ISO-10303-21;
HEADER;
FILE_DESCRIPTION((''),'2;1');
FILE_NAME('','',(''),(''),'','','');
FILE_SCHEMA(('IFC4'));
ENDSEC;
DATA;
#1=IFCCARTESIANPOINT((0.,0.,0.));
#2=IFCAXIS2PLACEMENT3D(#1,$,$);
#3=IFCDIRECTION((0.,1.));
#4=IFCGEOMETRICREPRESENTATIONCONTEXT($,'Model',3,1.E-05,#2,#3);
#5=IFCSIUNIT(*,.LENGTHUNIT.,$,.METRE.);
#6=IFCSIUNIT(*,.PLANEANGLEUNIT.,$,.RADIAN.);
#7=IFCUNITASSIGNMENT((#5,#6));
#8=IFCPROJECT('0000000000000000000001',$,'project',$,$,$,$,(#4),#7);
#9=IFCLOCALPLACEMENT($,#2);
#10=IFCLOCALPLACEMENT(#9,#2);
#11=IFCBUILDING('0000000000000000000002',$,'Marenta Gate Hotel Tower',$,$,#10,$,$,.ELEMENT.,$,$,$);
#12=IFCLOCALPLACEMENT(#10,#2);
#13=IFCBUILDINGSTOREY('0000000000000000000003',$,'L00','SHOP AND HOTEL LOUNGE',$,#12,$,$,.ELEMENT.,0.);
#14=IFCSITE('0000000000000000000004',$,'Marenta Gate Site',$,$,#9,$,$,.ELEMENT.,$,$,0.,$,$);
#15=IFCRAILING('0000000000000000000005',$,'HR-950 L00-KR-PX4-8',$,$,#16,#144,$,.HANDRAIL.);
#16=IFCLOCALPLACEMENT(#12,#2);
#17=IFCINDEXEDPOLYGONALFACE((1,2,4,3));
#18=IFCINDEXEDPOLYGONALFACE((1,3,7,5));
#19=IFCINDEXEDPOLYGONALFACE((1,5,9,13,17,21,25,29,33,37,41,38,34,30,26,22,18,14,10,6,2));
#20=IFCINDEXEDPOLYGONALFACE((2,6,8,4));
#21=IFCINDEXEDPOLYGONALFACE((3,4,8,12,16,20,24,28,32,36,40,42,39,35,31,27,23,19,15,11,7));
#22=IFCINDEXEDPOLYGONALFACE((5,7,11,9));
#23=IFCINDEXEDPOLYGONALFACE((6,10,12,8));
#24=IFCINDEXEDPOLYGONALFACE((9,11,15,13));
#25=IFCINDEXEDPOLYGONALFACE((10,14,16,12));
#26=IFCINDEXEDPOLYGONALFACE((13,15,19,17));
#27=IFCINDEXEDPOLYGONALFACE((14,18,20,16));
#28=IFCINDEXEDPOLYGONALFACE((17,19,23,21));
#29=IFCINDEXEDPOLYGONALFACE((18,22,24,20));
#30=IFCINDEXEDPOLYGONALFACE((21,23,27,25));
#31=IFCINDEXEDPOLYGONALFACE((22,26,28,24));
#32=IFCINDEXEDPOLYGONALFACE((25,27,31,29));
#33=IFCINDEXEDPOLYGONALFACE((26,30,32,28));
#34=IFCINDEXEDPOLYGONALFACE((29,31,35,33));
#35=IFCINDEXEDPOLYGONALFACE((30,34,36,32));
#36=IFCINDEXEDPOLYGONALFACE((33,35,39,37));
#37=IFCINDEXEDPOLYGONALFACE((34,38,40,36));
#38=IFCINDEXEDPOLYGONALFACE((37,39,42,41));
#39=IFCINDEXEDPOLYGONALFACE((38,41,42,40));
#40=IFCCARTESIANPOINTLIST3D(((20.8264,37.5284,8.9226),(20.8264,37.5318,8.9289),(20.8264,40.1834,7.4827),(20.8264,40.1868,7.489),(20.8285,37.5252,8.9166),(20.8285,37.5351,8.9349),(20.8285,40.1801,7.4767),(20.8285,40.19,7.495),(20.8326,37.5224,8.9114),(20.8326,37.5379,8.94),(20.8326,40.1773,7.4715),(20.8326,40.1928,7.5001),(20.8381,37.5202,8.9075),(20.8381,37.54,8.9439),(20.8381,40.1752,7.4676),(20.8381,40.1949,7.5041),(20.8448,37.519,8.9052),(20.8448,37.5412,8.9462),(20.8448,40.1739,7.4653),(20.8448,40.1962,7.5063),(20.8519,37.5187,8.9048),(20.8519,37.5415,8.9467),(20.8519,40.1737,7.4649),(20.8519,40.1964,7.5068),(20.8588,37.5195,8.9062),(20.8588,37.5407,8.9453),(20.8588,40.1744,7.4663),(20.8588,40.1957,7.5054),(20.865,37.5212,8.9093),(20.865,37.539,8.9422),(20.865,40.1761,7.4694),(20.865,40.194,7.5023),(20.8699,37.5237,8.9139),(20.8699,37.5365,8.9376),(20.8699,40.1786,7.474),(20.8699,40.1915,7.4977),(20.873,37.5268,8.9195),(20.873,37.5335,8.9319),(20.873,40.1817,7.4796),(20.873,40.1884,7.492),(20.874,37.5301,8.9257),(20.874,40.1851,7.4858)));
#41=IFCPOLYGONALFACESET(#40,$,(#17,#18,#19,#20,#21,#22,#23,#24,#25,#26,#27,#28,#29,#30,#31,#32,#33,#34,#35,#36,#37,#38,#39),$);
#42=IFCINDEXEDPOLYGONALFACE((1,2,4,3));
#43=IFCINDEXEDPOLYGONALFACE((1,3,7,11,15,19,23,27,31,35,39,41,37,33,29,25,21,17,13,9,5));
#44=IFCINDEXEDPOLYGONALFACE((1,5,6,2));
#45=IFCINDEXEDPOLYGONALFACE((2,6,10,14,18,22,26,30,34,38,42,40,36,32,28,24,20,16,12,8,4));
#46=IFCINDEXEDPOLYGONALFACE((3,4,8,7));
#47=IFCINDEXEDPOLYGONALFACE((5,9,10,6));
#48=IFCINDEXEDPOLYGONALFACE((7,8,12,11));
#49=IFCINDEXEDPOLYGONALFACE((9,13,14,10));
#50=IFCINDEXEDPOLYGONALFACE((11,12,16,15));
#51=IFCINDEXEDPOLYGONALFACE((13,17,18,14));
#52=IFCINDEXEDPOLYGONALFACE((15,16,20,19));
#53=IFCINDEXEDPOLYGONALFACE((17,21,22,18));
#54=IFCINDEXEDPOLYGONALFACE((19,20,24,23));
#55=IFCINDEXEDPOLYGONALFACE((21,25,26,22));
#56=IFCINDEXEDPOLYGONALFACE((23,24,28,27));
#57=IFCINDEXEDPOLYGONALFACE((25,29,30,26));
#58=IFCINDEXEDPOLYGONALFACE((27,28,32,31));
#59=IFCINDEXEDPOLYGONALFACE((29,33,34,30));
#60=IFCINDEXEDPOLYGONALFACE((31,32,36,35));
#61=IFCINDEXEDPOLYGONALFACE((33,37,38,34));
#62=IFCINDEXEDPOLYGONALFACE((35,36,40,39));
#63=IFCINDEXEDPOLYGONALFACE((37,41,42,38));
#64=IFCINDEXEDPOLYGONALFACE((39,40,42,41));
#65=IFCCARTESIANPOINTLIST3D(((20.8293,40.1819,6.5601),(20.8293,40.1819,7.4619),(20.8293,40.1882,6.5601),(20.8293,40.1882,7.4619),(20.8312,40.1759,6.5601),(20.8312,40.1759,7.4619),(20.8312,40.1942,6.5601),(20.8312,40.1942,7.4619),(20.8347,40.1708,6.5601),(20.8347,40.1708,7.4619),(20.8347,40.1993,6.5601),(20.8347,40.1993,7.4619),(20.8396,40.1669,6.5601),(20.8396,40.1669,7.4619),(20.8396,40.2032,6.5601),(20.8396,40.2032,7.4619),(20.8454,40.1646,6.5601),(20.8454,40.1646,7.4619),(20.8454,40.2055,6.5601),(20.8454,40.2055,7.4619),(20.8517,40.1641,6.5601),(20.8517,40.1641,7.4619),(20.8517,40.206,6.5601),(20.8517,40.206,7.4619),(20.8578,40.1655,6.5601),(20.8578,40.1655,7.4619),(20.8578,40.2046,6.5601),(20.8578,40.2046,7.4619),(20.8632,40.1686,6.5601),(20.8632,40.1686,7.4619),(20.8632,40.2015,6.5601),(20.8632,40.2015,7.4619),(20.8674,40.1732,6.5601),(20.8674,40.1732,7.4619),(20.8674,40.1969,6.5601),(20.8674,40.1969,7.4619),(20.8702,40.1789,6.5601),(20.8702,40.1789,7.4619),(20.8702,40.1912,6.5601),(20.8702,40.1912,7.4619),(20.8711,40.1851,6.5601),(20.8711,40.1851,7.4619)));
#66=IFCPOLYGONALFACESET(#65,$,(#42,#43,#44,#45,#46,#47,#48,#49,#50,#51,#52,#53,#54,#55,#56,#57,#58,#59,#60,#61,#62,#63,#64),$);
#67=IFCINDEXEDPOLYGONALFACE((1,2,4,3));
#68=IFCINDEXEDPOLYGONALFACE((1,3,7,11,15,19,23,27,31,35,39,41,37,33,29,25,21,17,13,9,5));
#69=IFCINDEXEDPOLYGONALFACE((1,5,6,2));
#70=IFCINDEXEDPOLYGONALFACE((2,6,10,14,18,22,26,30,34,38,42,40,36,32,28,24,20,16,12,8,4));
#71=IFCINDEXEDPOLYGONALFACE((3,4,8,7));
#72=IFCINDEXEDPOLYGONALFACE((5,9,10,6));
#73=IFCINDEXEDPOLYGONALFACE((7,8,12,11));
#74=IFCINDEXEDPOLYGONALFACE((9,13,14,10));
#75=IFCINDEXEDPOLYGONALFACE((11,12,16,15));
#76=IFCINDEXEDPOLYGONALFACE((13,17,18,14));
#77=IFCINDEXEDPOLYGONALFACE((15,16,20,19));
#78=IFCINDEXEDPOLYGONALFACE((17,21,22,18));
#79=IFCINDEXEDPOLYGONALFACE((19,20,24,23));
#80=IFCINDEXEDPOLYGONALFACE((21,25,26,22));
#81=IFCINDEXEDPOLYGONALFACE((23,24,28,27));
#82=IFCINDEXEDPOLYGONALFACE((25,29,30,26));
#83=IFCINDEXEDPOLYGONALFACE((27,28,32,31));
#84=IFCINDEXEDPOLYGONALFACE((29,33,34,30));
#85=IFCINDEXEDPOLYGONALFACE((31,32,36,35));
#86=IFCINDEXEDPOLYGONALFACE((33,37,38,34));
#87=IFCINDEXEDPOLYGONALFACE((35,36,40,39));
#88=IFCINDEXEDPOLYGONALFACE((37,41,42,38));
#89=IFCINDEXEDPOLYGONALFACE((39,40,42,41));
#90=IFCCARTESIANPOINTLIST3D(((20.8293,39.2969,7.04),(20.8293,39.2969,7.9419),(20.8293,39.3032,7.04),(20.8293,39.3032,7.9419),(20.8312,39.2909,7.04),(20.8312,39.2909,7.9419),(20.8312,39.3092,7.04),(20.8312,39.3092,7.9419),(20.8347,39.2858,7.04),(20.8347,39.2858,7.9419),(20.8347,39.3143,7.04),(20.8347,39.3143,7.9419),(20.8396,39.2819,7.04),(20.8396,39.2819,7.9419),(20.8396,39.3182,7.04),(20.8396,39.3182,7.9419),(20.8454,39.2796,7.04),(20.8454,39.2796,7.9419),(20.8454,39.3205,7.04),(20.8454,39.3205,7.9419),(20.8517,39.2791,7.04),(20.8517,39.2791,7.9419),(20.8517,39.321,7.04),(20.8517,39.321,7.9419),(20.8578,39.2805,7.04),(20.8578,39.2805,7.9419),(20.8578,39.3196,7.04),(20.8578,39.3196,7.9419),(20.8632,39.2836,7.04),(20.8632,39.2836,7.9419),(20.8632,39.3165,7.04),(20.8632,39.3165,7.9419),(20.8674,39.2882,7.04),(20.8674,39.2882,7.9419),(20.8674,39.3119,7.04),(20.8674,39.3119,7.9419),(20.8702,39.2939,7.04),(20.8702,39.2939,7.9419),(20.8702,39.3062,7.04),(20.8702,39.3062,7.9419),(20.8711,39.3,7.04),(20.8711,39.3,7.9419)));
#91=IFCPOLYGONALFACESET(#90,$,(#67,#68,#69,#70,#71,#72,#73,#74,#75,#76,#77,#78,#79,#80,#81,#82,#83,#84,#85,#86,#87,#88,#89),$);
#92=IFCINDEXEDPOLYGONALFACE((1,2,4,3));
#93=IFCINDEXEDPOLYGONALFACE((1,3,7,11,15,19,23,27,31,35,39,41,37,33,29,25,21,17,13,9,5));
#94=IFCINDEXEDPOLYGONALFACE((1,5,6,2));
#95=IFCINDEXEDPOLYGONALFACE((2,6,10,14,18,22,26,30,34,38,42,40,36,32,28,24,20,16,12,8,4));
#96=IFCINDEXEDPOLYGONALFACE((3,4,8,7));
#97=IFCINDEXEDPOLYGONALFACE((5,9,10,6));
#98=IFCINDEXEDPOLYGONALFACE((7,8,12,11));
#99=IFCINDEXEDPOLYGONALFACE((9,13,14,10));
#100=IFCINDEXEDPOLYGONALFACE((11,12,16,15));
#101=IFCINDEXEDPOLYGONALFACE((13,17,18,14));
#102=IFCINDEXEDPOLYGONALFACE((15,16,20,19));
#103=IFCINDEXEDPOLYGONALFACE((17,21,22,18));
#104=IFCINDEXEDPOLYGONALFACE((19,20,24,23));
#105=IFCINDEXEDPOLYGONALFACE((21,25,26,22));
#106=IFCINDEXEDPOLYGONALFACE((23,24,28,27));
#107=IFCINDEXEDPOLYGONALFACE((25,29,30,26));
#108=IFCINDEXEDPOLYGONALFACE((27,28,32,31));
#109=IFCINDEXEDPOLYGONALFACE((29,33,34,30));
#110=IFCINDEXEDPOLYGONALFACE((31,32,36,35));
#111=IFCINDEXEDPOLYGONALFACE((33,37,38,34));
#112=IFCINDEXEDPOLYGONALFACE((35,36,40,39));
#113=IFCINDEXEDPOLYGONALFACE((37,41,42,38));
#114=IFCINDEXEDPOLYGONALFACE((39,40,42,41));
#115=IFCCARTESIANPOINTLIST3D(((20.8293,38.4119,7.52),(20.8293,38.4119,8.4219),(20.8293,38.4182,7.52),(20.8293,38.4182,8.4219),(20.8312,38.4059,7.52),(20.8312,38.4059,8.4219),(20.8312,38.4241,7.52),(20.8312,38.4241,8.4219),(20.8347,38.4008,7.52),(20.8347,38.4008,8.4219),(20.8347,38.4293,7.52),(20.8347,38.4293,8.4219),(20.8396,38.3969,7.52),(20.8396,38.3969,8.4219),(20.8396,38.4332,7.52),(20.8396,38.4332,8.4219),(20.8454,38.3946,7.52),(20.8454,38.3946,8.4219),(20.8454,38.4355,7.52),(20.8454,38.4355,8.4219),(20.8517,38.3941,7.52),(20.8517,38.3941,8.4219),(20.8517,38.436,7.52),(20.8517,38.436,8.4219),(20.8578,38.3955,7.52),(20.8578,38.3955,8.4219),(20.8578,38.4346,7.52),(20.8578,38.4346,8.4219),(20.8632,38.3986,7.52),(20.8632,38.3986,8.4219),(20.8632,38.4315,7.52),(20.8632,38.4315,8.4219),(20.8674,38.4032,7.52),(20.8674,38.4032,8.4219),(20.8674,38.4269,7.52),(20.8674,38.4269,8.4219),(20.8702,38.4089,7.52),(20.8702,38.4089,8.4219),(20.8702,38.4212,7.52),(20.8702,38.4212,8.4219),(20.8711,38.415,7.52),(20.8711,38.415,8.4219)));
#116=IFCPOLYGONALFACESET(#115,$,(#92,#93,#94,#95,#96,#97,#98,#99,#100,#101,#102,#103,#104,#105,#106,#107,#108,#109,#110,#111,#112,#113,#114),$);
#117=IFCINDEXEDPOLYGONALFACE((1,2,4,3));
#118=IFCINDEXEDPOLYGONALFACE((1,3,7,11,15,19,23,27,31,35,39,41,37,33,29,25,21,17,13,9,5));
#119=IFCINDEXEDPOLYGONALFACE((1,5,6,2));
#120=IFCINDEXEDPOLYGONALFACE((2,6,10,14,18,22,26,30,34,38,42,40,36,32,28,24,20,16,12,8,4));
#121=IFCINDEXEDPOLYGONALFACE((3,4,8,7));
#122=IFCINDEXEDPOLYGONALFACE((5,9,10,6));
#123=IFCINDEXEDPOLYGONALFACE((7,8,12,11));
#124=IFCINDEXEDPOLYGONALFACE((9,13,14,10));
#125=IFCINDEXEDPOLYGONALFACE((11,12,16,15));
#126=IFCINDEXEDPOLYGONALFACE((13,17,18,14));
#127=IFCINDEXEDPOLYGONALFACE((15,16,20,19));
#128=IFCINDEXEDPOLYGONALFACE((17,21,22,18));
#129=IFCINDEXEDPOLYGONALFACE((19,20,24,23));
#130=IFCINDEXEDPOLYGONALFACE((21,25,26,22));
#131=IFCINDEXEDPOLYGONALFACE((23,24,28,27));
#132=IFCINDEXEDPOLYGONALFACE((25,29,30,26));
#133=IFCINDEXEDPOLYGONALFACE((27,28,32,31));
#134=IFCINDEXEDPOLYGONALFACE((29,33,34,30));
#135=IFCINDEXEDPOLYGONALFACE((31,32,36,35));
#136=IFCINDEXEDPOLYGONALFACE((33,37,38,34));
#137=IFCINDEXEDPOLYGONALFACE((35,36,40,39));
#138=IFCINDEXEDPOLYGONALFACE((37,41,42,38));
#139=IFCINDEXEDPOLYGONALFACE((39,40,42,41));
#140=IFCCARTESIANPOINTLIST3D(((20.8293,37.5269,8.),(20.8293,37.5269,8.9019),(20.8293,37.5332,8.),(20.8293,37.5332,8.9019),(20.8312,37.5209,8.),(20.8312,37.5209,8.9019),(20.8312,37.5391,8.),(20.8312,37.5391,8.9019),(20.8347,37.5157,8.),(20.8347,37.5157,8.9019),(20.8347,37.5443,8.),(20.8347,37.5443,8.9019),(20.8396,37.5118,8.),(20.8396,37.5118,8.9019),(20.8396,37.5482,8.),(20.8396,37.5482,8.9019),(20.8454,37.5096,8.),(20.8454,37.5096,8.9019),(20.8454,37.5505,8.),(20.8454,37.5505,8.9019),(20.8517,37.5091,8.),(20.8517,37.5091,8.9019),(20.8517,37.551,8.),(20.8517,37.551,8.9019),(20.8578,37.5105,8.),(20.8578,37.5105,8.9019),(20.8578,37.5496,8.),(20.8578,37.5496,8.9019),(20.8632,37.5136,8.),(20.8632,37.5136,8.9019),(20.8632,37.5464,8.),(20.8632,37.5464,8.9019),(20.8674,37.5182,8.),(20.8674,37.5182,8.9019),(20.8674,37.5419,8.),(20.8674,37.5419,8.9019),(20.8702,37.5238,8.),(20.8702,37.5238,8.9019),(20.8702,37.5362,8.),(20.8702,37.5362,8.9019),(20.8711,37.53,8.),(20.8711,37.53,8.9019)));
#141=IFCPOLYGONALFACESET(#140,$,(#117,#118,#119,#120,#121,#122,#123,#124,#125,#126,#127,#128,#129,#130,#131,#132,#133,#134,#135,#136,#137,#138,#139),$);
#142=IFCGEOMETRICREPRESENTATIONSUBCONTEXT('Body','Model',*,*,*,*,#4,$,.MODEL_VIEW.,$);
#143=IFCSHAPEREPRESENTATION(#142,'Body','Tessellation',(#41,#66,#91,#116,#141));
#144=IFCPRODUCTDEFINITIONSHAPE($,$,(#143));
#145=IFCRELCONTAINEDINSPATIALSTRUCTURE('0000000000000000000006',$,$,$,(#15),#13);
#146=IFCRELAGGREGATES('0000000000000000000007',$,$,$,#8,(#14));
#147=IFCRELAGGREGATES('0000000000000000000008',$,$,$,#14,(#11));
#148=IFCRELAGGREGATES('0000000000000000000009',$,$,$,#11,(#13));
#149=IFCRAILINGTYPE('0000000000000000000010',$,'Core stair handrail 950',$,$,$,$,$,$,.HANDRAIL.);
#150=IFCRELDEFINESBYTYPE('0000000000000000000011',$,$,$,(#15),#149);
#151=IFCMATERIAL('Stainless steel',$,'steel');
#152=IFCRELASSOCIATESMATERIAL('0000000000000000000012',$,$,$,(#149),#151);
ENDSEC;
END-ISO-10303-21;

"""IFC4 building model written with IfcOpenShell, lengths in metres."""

from ifc_helpers import new_model, si_unit, direction, frame, origin, origin_2d, place, context, subcontext, project, spatial, circle, extrude, material, type_object, element, save


model = new_model("IFC4")

# Units and contexts
model_context = context("Model", 3, precision=1e-05, world=origin(), true_north=direction((0.0, 1.0)))
body_context = subcontext(model_context, "Body", "Model", "MODEL_VIEW")
ifc_project = project(units=[si_unit("LENGTHUNIT", "METRE"), si_unit("PLANEANGLEUNIT", "RADIAN")], contexts=[model_context])

# Site, building, storey
site_placement = place(None, origin())
site = spatial("IfcSite", under=ifc_project, at=site_placement, Name="Marenta Gate Site", CompositionType="ELEMENT", RefElevation=0.0)
building_placement = place(site_placement, origin())
building = spatial("IfcBuilding", under=site, at=building_placement, Name="Marenta Gate Hotel Tower", CompositionType="ELEMENT")
storey_placement = place(building_placement, origin())
storey = spatial("IfcBuildingStorey", under=building, at=storey_placement, Name="L00", Description="SHOP AND HOTEL LOUNGE", CompositionType="ELEMENT", Elevation=0.0)

# Railing
ifc_material_1 = material(Name="Stainless steel", Category="steel")
railing_type_1 = type_object("IfcRailingType", Name="Core stair handrail 950", PredefinedType="HANDRAIL", material=ifc_material_1)
railing_1_placement = place(storey_placement, frame((20.8501, 40.1851, 6.5601)))
element("IfcRailing", 1, at=railing_1_placement, inside=storey, type_object=railing_type_1, Name="HR-950 L00-KR-PX4-8", PredefinedType="HANDRAIL", context=body_context, shape_type="SweptSolid", body=[
    extrude(circle(Radius=0.0239, at=origin_2d()), frame((0.0, 0.0, 0.9258), z_axis=(0.0, -0.879042, 0.476744), x_axis=(1.0, 0.0, 0.0)), (0.0, 0.0, 1.0), 3.0203),
    extrude(circle(Radius=0.021, at=origin_2d()), origin(), (0.0, 0.0, 1.0), 0.9019),
    extrude(circle(Radius=0.021, at=origin_2d()), frame((0.0, -0.885, 0.48)), (0.0, 0.0, 1.0), 0.9019),
    extrude(circle(Radius=0.021, at=origin_2d()), frame((0.0, -1.77, 0.96)), (0.0, 0.0, 1.0), 0.9019),
    extrude(circle(Radius=0.021, at=origin_2d()), frame((0.0, -2.655, 1.4399)), (0.0, 0.0, 1.0), 0.9019),
])

save(model, "model.ifc")
